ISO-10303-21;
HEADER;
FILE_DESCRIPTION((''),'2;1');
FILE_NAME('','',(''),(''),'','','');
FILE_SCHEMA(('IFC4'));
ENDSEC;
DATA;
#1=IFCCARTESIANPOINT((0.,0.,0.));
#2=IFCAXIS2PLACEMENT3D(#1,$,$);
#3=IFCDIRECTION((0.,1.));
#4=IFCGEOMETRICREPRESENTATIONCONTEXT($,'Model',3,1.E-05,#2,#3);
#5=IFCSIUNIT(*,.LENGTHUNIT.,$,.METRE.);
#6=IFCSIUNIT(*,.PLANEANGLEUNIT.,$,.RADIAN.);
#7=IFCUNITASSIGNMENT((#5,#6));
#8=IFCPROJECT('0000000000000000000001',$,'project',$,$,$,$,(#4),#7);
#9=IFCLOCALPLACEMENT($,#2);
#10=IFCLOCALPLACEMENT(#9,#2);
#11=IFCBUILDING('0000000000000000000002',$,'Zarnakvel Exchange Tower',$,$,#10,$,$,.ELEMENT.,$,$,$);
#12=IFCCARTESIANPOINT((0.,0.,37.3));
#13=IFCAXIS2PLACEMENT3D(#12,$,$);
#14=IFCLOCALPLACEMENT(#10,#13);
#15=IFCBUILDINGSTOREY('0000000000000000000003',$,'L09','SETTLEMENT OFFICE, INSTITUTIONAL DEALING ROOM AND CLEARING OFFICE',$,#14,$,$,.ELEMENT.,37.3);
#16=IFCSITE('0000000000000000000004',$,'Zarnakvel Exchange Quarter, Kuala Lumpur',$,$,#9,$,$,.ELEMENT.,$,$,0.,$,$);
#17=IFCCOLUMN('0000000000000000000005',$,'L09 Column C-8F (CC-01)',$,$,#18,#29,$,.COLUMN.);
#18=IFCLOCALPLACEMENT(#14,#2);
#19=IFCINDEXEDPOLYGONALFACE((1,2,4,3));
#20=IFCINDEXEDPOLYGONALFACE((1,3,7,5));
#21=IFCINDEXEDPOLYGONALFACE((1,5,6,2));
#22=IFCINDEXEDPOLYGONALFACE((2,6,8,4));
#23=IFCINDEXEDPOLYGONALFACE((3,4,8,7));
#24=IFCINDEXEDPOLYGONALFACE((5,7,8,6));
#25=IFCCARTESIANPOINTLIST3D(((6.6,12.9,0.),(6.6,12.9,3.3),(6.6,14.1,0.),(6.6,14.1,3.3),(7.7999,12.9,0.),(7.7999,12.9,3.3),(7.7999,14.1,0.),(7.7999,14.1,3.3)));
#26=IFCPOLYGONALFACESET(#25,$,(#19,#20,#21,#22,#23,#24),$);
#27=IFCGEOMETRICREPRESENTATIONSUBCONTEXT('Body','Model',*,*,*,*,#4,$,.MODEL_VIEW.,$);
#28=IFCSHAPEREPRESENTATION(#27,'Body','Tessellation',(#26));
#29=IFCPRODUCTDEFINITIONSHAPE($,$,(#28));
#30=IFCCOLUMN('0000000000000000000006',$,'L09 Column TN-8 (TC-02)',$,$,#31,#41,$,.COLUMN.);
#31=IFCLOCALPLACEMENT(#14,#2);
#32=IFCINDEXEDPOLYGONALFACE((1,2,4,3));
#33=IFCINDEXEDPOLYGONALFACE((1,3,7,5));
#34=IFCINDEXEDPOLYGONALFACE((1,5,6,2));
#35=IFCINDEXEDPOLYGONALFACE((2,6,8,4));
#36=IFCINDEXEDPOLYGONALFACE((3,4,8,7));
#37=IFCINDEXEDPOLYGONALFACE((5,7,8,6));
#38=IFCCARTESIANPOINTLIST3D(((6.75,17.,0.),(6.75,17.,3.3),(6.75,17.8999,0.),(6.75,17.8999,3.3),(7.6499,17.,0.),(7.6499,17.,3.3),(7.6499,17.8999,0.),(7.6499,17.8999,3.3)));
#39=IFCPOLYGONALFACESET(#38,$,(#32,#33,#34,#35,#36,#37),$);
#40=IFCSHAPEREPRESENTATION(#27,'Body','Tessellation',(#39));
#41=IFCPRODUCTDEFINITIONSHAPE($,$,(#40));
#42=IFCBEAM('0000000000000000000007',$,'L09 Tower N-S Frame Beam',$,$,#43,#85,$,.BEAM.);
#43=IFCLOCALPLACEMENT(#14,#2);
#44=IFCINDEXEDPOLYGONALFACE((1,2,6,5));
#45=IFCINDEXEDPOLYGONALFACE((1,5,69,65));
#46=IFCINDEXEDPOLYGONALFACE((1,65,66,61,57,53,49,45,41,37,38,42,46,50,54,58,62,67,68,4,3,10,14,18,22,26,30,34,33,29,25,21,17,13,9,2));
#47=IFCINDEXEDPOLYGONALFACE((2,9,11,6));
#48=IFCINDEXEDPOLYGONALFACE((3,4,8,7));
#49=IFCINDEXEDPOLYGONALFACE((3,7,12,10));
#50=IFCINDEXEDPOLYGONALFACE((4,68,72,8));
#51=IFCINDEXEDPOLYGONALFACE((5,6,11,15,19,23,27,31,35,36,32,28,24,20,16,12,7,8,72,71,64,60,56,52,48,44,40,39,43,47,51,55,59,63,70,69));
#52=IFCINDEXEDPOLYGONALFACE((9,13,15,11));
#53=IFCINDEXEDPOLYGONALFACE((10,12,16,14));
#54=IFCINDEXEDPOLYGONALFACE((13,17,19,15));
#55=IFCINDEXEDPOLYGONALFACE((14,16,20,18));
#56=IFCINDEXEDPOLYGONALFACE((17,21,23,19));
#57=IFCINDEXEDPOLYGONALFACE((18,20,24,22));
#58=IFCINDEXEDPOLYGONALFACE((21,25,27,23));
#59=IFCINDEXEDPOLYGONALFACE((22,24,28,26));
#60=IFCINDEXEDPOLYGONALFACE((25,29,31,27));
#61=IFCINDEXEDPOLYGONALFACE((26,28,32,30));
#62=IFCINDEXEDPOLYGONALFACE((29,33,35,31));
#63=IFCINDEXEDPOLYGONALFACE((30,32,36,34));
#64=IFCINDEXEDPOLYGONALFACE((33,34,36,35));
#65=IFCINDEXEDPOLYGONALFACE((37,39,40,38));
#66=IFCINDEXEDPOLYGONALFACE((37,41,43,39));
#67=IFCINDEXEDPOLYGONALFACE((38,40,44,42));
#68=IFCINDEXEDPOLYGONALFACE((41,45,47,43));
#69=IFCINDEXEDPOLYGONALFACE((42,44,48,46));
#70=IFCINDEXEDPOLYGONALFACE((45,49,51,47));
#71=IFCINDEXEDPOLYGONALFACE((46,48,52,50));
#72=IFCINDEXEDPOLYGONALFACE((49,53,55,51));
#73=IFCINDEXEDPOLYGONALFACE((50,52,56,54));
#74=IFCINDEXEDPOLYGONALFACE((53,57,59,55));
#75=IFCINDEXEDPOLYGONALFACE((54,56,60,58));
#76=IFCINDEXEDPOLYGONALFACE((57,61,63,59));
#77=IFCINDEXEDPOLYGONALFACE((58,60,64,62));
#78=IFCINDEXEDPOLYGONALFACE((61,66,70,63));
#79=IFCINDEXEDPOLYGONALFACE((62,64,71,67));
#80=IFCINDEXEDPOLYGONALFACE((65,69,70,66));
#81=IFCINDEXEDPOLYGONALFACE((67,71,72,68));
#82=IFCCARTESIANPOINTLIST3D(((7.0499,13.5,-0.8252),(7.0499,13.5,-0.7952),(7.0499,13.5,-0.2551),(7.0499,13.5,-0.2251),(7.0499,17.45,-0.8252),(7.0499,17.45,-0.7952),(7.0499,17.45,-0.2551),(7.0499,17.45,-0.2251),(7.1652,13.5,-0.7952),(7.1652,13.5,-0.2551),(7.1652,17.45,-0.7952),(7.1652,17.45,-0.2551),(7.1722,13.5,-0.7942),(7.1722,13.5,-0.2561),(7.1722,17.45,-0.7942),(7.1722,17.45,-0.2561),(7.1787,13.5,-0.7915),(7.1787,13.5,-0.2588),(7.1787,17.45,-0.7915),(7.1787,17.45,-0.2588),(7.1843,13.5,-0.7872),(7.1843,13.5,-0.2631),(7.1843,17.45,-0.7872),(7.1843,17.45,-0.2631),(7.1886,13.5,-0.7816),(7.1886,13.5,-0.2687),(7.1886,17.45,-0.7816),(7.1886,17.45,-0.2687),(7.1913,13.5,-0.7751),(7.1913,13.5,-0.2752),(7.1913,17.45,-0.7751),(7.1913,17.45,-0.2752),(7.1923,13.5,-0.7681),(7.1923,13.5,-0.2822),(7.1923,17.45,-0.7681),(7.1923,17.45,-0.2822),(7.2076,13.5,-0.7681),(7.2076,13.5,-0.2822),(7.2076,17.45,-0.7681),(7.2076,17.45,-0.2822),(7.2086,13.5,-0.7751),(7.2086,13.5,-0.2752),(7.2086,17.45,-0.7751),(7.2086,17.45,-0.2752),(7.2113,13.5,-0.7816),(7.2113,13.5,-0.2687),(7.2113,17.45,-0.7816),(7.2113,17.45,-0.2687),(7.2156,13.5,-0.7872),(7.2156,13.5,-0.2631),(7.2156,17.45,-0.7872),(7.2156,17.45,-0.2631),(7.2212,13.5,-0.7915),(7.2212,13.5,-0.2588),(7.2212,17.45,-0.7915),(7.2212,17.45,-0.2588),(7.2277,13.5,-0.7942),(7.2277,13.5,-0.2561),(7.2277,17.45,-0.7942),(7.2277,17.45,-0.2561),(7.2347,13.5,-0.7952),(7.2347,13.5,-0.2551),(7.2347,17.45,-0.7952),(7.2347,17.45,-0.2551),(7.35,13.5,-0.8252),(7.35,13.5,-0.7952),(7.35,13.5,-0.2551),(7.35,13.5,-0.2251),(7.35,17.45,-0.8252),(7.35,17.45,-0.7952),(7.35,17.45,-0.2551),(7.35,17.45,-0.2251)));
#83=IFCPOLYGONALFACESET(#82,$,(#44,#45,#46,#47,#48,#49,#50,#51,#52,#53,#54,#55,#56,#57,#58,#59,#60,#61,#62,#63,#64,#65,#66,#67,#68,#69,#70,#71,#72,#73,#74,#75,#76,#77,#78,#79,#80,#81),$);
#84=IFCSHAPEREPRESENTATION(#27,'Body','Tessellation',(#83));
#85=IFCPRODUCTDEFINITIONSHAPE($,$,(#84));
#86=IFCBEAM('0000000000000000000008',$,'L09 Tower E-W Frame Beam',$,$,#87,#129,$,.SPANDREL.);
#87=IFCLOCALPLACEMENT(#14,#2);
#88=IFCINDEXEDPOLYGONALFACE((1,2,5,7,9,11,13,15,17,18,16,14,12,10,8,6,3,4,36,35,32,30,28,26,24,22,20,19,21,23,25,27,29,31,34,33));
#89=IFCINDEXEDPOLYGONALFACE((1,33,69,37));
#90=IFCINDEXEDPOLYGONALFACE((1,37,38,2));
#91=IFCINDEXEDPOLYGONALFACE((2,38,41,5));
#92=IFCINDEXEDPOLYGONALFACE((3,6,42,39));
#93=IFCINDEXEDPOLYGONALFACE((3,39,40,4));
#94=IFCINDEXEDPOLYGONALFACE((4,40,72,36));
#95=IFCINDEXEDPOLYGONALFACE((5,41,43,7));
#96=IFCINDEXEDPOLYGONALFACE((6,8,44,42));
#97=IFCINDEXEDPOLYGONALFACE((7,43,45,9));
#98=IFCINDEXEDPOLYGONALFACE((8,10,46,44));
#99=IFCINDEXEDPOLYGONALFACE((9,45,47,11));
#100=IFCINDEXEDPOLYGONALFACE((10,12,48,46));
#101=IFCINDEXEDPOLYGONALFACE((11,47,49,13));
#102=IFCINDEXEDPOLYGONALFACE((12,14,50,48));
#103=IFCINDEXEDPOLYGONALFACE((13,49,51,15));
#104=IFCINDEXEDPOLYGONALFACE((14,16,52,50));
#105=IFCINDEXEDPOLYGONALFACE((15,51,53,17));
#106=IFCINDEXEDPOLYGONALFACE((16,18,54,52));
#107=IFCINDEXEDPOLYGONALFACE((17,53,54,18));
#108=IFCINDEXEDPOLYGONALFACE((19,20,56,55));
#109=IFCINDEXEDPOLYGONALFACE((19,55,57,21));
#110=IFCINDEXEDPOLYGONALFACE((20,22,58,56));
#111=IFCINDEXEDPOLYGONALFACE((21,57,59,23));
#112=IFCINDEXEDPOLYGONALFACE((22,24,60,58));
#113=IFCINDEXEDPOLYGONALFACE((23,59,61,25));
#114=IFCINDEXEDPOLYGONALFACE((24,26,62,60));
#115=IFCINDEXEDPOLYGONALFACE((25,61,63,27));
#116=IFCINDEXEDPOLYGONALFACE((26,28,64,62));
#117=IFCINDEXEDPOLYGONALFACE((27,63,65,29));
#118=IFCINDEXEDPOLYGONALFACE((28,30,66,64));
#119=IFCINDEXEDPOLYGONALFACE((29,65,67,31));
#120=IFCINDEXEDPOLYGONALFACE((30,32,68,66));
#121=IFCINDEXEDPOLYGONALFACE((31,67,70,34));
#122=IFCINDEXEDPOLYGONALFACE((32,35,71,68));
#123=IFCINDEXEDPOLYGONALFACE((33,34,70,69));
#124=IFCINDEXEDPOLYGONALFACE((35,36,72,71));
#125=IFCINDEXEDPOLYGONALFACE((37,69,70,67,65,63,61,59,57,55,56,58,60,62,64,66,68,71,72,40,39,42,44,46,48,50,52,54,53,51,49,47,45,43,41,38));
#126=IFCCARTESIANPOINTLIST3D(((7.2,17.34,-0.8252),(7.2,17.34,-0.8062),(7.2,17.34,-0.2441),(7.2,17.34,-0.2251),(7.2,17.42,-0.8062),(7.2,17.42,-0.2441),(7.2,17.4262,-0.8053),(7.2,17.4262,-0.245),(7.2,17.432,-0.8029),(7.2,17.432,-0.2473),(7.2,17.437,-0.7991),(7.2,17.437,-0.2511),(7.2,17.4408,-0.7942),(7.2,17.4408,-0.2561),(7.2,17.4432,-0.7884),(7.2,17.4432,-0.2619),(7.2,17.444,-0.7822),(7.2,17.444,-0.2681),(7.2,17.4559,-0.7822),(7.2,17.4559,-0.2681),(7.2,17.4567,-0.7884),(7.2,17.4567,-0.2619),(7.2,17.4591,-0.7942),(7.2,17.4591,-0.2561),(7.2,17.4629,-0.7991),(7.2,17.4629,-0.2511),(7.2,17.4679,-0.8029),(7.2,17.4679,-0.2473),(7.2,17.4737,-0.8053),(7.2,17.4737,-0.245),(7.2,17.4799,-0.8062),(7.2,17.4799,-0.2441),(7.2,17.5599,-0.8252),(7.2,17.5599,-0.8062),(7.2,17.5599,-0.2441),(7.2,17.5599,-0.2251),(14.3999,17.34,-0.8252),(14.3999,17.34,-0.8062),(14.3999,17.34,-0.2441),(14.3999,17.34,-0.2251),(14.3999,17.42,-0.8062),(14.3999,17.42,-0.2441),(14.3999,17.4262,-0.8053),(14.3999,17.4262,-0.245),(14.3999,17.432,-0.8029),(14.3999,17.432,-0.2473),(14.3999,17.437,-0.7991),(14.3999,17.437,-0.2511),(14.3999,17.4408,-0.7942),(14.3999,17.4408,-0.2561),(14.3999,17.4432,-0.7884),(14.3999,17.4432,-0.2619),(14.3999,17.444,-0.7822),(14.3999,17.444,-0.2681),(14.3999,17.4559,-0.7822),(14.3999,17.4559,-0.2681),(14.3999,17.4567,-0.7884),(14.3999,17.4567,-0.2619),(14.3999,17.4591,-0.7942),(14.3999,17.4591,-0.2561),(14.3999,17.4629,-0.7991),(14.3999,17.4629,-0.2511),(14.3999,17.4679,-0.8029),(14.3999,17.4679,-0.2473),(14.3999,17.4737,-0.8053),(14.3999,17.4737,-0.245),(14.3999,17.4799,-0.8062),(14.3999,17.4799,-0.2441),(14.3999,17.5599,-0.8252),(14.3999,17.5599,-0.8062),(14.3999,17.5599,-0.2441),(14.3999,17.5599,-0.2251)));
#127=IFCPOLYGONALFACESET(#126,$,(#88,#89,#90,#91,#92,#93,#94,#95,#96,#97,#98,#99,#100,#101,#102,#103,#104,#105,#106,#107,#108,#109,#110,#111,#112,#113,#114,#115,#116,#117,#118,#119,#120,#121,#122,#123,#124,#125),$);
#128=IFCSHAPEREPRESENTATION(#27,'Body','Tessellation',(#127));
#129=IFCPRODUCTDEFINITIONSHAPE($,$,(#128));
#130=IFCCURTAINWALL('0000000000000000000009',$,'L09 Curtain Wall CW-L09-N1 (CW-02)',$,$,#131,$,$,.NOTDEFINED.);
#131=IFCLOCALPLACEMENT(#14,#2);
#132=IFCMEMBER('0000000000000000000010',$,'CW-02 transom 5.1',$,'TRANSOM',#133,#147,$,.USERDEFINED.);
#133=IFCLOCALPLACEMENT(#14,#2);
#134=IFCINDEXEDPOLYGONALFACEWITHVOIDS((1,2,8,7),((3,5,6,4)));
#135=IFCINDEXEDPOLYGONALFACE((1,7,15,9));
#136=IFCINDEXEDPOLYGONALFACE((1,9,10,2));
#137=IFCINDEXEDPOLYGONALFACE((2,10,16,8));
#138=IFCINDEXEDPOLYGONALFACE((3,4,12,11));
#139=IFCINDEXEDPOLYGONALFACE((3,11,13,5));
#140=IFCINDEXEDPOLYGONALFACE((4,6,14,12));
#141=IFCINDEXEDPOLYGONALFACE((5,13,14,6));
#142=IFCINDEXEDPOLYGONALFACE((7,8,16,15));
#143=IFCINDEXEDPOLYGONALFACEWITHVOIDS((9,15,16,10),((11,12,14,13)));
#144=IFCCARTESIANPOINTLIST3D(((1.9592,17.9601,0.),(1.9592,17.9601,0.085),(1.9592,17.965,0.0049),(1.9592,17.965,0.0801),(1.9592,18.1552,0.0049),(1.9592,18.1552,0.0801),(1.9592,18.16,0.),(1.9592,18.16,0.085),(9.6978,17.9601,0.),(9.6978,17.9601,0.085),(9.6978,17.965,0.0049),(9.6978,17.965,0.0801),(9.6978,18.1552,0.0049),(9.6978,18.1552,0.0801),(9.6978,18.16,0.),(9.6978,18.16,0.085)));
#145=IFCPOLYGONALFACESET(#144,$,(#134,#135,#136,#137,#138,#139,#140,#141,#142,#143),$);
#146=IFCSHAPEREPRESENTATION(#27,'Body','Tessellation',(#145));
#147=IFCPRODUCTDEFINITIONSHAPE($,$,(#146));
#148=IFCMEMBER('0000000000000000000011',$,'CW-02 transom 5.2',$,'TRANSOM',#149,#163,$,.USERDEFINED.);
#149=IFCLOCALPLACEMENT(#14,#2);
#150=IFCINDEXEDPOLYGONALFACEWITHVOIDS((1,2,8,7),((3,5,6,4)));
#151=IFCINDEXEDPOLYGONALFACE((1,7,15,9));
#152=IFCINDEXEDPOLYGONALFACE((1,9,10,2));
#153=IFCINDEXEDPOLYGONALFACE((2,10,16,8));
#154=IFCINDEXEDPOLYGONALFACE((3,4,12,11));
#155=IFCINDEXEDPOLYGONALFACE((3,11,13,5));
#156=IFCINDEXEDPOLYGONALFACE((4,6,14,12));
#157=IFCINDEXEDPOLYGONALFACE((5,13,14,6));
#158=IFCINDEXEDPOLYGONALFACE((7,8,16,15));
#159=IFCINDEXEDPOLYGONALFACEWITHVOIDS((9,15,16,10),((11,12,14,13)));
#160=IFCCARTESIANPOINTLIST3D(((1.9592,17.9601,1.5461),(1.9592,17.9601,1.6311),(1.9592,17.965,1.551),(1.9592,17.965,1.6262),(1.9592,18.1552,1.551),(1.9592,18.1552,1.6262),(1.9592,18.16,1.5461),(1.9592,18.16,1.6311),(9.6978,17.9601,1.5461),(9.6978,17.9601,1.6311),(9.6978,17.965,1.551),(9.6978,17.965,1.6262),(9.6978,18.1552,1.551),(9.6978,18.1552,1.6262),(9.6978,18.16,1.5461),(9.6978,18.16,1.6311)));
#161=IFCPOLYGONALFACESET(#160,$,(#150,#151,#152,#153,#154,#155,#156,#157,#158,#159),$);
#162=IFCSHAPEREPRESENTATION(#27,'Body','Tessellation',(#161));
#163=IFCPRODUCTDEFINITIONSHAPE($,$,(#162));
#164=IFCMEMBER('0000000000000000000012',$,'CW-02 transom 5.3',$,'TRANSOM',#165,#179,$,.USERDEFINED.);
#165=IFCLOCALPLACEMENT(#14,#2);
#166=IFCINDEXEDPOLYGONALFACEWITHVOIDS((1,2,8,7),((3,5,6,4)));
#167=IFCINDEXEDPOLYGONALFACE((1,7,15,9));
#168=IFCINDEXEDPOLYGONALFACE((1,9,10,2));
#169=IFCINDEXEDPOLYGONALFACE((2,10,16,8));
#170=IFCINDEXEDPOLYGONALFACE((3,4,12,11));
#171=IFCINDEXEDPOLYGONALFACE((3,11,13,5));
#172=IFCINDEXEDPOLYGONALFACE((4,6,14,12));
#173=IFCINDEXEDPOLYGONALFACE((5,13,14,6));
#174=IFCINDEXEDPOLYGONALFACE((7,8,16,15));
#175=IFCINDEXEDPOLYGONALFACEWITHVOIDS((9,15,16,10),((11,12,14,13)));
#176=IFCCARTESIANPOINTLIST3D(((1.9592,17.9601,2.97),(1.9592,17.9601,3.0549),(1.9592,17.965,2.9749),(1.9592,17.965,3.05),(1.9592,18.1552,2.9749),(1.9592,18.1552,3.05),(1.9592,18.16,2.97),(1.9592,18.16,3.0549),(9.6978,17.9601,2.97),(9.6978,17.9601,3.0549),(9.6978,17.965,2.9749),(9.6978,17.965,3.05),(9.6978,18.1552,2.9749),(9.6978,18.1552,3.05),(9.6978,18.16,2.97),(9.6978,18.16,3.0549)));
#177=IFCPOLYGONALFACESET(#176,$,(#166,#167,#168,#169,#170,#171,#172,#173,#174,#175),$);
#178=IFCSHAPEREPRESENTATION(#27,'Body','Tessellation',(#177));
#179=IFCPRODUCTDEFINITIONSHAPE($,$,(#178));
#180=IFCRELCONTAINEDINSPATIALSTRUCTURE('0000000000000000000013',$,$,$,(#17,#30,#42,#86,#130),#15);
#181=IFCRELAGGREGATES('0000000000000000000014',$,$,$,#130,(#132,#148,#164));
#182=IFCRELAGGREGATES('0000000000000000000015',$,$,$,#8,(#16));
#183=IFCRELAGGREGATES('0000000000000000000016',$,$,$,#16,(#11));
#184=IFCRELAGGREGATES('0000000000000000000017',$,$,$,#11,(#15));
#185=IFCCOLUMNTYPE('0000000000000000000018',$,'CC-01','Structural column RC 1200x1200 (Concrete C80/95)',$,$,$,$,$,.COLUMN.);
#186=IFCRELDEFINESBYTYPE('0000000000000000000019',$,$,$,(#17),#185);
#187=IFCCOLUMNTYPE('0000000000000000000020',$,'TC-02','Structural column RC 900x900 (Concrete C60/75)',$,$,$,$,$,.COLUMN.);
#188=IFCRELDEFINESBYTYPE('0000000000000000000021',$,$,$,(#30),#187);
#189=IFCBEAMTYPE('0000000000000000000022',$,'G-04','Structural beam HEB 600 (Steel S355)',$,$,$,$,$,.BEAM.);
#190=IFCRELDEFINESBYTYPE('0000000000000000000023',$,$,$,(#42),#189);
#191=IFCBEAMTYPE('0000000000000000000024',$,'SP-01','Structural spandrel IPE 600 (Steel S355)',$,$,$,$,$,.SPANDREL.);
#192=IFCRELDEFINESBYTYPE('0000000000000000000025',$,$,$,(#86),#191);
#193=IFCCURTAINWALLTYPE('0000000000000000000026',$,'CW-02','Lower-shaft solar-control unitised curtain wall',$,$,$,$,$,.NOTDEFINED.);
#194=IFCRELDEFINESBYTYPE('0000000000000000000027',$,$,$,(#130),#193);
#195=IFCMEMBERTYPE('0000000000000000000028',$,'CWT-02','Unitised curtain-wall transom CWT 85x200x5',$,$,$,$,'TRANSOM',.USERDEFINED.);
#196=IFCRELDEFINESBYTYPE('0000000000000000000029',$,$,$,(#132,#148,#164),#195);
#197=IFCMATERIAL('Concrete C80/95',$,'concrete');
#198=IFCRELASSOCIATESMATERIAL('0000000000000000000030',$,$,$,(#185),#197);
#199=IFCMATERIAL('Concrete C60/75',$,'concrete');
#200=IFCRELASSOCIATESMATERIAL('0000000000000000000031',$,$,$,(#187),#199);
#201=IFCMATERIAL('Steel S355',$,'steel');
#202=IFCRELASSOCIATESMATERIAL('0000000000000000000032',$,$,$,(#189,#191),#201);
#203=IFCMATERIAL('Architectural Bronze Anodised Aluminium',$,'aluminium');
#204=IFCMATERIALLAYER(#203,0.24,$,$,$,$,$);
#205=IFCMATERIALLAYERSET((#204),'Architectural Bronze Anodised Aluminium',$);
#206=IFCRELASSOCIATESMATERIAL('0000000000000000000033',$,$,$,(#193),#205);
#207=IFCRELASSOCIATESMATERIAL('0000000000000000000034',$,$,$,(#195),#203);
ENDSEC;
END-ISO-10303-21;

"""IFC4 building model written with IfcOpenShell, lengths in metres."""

from ifc_helpers import new_model, si_unit, direction, frame, origin, origin_2d, place, context, subcontext, project, spatial, rectangle, hollow_rectangle, i_section, extrude, source, transform, mapped, material, layer, layer_set, material_profile, profile_set, type_object, element, aggregate, save


model = new_model("IFC4")

# Units and contexts
model_context = context("Model", 3, precision=1e-05, world=origin(), true_north=direction((0.0, 1.0)))
body_context = subcontext(model_context, "Body", "Model", "MODEL_VIEW")
ifc_project = project(units=[si_unit("LENGTHUNIT", "METRE"), si_unit("PLANEANGLEUNIT", "RADIAN")], contexts=[model_context])

# Site, building, storey
site_placement = place(None, origin())
site = spatial("IfcSite", under=ifc_project, at=site_placement, Name="Zarnakvel Exchange Quarter, Kuala Lumpur", CompositionType="ELEMENT", RefElevation=0.0)
building_placement = place(site_placement, origin())
building = spatial("IfcBuilding", under=site, at=building_placement, Name="Zarnakvel Exchange Tower", CompositionType="ELEMENT")
storey_placement = place(building_placement, frame((0.0, 0.0, 37.3)))
storey = spatial("IfcBuildingStorey", under=building, at=storey_placement, Name="L09", Description="SETTLEMENT OFFICE, INSTITUTIONAL DEALING ROOM AND CLEARING OFFICE", CompositionType="ELEMENT", Elevation=37.3)

# Columns
ifc_material_1 = material(Name="Concrete C80/95", Category="concrete")
ifc_material_profile_1 = material_profile(ifc_material_1, rectangle(XDim=1.2, YDim=1.2, at=origin_2d()))
ifc_profile_set_1 = profile_set([ifc_material_profile_1], Name="Concrete C80/95")
column_type_1 = type_object("IfcColumnType", Name="CC-01", Description="Structural column RC 1200x1200 (Concrete C80/95)", PredefinedType="COLUMN", material=ifc_profile_set_1)
column_1_placement = place(storey_placement, frame((7.2, 13.5, 0.0), z_axis=(0.0, 0.0, 1.0), x_axis=(1.0, 0.0, 0.0)))
element("IfcColumn", 1, at=column_1_placement, inside=storey, type_object=column_type_1, Name="L09 Column C-8F (CC-01)", PredefinedType="COLUMN", context=body_context, shape_type="SweptSolid", body=[
    extrude(rectangle(XDim=1.2, YDim=1.2, at=origin_2d()), origin(), (0.0, 0.0, 1.0), 3.3),
])
ifc_material_2 = material(Name="Concrete C60/75", Category="concrete")
ifc_material_profile_2 = material_profile(ifc_material_2, rectangle(XDim=0.8999, YDim=0.8999, at=origin_2d()))
ifc_profile_set_2 = profile_set([ifc_material_profile_2], Name="Concrete C60/75")
column_type_2 = type_object("IfcColumnType", Name="TC-02", Description="Structural column RC 900x900 (Concrete C60/75)", PredefinedType="COLUMN", material=ifc_profile_set_2)
column_2_placement = place(storey_placement, frame((7.2, 17.45, 0.0), z_axis=(0.0, 0.0, 1.0), x_axis=(1.0, 0.0, 0.0)))
element("IfcColumn", 2, at=column_2_placement, inside=storey, type_object=column_type_2, Name="L09 Column TN-8 (TC-02)", PredefinedType="COLUMN", context=body_context, shape_type="SweptSolid", body=[
    extrude(rectangle(XDim=0.8999, YDim=0.8999, at=origin_2d()), origin(), (0.0, 0.0, 1.0), 3.3),
])

# Beams
ifc_material_3 = material(Name="Steel S355", Category="steel")
ifc_material_profile_3 = material_profile(ifc_material_3, i_section(OverallWidth=0.3, OverallDepth=0.6001, WebThickness=0.0154, FlangeThickness=0.03, FilletRadius=0.0271, at=origin_2d()))
ifc_profile_set_3 = profile_set([ifc_material_profile_3], Name="Steel S355")
beam_type_1 = type_object("IfcBeamType", Name="G-04", Description="Structural beam HEB 600 (Steel S355)", PredefinedType="BEAM", material=ifc_profile_set_3)
beam_1_placement = place(storey_placement, frame((7.2, 13.5, -0.5251), z_axis=(0.0, 1.0, 0.0), x_axis=(-1.0, 0.0, 0.0)))
element("IfcBeam", 3, at=beam_1_placement, inside=storey, type_object=beam_type_1, Name="L09 Tower N-S Frame Beam", PredefinedType="BEAM", context=body_context, shape_type="SweptSolid", body=[
    extrude(i_section(OverallWidth=0.3, OverallDepth=0.6001, WebThickness=0.0154, FlangeThickness=0.03, FilletRadius=0.0271, at=origin_2d()), origin(), (0.0, 0.0, 1.0), 3.95),
])
ifc_material_profile_4 = material_profile(ifc_material_3, i_section(OverallWidth=0.22, OverallDepth=0.6001, WebThickness=0.012, FlangeThickness=0.019, FilletRadius=0.0239, at=origin_2d()))
ifc_profile_set_4 = profile_set([ifc_material_profile_4], Name="Steel S355")
beam_type_2 = type_object("IfcBeamType", Name="SP-01", Description="Structural spandrel IPE 600 (Steel S355)", PredefinedType="SPANDREL", material=ifc_profile_set_4)
beam_2_placement = place(storey_placement, frame((7.2, 17.45, -0.5251), z_axis=(1.0, 0.0, 0.0), x_axis=(0.0, 1.0, 0.0)))
element("IfcBeam", 4, at=beam_2_placement, inside=storey, type_object=beam_type_2, Name="L09 Tower E-W Frame Beam", PredefinedType="SPANDREL", context=body_context, shape_type="SweptSolid", body=[
    extrude(i_section(OverallWidth=0.22, OverallDepth=0.6001, WebThickness=0.012, FlangeThickness=0.019, FilletRadius=0.0239, at=origin_2d()), origin(), (0.0, 0.0, 1.0), 7.2),
])

# Curtain wall, members
ifc_material_4 = material(Name="Architectural Bronze Anodised Aluminium", Category="aluminium")
ifc_layer_1 = layer(ifc_material_4, 0.24)
ifc_layer_set_1 = layer_set([ifc_layer_1], Name="Architectural Bronze Anodised Aluminium")
curtain_wall_type = type_object("IfcCurtainWallType", Name="CW-02", Description="Lower-shaft solar-control unitised curtain wall", PredefinedType="NOTDEFINED", material=ifc_layer_set_1)
curtain_wall_placement = place(storey_placement, origin())
curtain_wall = element("IfcCurtainWall", 5, at=curtain_wall_placement, inside=storey, type_object=curtain_wall_type, Name="L09 Curtain Wall CW-L09-N1 (CW-02)", PredefinedType="NOTDEFINED")
ifc_material_profile_5 = material_profile(ifc_material_4, hollow_rectangle(XDim=0.2, YDim=0.085, WallThickness=0.0049, at=origin_2d()))
ifc_profile_set_5 = profile_set([ifc_material_profile_5], Name="Architectural Bronze Anodised Aluminium")
member_type_1 = type_object("IfcMemberType", Name="CWT-02", Description="Unitised curtain-wall transom CWT 85x200x5", ElementType="TRANSOM", PredefinedType="USERDEFINED", material=ifc_profile_set_5)
shared_shape_1 = source(origin(), body_context, "Body", "SweptSolid", [
    extrude(hollow_rectangle(XDim=0.2, YDim=0.085, WallThickness=0.0049, at=origin_2d()), origin(), (0.0, 0.0, 1.0), 7.7385),
])
member_1_placement = place(storey_placement, frame((1.9592, 18.0601, 0.0425), z_axis=(1.0, 0.0, 0.0), x_axis=(0.0, 1.0, 0.0)))
member_1 = element("IfcMember", 6, at=member_1_placement, type_object=member_type_1, Name="CW-02 transom 5.1", ObjectType="TRANSOM", PredefinedType="USERDEFINED", context=body_context, shape_type="MappedRepresentation", body=[
    mapped(shared_shape_1, transform((0.0, 0.0, 0.0), x_axis=(1.0, 0.0, 0.0), y_axis=(0.0, 1.0, 0.0), z_axis=(0.0, 0.0, 1.0), scale=1.0)),
])
member_2_placement = place(storey_placement, frame((1.9592, 18.0601, 1.5886), z_axis=(1.0, 0.0, 0.0), x_axis=(0.0, 1.0, 0.0)))
member_2 = element("IfcMember", 7, at=member_2_placement, type_object=member_type_1, Name="CW-02 transom 5.2", ObjectType="TRANSOM", PredefinedType="USERDEFINED", context=body_context, shape_type="MappedRepresentation", body=[
    mapped(shared_shape_1, transform((0.0, 0.0, 0.0), x_axis=(1.0, 0.0, 0.0), y_axis=(0.0, 1.0, 0.0), z_axis=(0.0, 0.0, 1.0), scale=1.0)),
])
member_3_placement = place(storey_placement, frame((1.9592, 18.0601, 3.0125), z_axis=(1.0, 0.0, 0.0), x_axis=(0.0, 1.0, 0.0)))
member_3 = element("IfcMember", 8, at=member_3_placement, type_object=member_type_1, Name="CW-02 transom 5.3", ObjectType="TRANSOM", PredefinedType="USERDEFINED", context=body_context, shape_type="MappedRepresentation", body=[
    mapped(shared_shape_1, transform((0.0, 0.0, 0.0), x_axis=(1.0, 0.0, 0.0), y_axis=(0.0, 1.0, 0.0), z_axis=(0.0, 0.0, 1.0), scale=1.0)),
])
aggregate(curtain_wall, [member_1, member_2, member_3])

save(model, "model.ifc")
